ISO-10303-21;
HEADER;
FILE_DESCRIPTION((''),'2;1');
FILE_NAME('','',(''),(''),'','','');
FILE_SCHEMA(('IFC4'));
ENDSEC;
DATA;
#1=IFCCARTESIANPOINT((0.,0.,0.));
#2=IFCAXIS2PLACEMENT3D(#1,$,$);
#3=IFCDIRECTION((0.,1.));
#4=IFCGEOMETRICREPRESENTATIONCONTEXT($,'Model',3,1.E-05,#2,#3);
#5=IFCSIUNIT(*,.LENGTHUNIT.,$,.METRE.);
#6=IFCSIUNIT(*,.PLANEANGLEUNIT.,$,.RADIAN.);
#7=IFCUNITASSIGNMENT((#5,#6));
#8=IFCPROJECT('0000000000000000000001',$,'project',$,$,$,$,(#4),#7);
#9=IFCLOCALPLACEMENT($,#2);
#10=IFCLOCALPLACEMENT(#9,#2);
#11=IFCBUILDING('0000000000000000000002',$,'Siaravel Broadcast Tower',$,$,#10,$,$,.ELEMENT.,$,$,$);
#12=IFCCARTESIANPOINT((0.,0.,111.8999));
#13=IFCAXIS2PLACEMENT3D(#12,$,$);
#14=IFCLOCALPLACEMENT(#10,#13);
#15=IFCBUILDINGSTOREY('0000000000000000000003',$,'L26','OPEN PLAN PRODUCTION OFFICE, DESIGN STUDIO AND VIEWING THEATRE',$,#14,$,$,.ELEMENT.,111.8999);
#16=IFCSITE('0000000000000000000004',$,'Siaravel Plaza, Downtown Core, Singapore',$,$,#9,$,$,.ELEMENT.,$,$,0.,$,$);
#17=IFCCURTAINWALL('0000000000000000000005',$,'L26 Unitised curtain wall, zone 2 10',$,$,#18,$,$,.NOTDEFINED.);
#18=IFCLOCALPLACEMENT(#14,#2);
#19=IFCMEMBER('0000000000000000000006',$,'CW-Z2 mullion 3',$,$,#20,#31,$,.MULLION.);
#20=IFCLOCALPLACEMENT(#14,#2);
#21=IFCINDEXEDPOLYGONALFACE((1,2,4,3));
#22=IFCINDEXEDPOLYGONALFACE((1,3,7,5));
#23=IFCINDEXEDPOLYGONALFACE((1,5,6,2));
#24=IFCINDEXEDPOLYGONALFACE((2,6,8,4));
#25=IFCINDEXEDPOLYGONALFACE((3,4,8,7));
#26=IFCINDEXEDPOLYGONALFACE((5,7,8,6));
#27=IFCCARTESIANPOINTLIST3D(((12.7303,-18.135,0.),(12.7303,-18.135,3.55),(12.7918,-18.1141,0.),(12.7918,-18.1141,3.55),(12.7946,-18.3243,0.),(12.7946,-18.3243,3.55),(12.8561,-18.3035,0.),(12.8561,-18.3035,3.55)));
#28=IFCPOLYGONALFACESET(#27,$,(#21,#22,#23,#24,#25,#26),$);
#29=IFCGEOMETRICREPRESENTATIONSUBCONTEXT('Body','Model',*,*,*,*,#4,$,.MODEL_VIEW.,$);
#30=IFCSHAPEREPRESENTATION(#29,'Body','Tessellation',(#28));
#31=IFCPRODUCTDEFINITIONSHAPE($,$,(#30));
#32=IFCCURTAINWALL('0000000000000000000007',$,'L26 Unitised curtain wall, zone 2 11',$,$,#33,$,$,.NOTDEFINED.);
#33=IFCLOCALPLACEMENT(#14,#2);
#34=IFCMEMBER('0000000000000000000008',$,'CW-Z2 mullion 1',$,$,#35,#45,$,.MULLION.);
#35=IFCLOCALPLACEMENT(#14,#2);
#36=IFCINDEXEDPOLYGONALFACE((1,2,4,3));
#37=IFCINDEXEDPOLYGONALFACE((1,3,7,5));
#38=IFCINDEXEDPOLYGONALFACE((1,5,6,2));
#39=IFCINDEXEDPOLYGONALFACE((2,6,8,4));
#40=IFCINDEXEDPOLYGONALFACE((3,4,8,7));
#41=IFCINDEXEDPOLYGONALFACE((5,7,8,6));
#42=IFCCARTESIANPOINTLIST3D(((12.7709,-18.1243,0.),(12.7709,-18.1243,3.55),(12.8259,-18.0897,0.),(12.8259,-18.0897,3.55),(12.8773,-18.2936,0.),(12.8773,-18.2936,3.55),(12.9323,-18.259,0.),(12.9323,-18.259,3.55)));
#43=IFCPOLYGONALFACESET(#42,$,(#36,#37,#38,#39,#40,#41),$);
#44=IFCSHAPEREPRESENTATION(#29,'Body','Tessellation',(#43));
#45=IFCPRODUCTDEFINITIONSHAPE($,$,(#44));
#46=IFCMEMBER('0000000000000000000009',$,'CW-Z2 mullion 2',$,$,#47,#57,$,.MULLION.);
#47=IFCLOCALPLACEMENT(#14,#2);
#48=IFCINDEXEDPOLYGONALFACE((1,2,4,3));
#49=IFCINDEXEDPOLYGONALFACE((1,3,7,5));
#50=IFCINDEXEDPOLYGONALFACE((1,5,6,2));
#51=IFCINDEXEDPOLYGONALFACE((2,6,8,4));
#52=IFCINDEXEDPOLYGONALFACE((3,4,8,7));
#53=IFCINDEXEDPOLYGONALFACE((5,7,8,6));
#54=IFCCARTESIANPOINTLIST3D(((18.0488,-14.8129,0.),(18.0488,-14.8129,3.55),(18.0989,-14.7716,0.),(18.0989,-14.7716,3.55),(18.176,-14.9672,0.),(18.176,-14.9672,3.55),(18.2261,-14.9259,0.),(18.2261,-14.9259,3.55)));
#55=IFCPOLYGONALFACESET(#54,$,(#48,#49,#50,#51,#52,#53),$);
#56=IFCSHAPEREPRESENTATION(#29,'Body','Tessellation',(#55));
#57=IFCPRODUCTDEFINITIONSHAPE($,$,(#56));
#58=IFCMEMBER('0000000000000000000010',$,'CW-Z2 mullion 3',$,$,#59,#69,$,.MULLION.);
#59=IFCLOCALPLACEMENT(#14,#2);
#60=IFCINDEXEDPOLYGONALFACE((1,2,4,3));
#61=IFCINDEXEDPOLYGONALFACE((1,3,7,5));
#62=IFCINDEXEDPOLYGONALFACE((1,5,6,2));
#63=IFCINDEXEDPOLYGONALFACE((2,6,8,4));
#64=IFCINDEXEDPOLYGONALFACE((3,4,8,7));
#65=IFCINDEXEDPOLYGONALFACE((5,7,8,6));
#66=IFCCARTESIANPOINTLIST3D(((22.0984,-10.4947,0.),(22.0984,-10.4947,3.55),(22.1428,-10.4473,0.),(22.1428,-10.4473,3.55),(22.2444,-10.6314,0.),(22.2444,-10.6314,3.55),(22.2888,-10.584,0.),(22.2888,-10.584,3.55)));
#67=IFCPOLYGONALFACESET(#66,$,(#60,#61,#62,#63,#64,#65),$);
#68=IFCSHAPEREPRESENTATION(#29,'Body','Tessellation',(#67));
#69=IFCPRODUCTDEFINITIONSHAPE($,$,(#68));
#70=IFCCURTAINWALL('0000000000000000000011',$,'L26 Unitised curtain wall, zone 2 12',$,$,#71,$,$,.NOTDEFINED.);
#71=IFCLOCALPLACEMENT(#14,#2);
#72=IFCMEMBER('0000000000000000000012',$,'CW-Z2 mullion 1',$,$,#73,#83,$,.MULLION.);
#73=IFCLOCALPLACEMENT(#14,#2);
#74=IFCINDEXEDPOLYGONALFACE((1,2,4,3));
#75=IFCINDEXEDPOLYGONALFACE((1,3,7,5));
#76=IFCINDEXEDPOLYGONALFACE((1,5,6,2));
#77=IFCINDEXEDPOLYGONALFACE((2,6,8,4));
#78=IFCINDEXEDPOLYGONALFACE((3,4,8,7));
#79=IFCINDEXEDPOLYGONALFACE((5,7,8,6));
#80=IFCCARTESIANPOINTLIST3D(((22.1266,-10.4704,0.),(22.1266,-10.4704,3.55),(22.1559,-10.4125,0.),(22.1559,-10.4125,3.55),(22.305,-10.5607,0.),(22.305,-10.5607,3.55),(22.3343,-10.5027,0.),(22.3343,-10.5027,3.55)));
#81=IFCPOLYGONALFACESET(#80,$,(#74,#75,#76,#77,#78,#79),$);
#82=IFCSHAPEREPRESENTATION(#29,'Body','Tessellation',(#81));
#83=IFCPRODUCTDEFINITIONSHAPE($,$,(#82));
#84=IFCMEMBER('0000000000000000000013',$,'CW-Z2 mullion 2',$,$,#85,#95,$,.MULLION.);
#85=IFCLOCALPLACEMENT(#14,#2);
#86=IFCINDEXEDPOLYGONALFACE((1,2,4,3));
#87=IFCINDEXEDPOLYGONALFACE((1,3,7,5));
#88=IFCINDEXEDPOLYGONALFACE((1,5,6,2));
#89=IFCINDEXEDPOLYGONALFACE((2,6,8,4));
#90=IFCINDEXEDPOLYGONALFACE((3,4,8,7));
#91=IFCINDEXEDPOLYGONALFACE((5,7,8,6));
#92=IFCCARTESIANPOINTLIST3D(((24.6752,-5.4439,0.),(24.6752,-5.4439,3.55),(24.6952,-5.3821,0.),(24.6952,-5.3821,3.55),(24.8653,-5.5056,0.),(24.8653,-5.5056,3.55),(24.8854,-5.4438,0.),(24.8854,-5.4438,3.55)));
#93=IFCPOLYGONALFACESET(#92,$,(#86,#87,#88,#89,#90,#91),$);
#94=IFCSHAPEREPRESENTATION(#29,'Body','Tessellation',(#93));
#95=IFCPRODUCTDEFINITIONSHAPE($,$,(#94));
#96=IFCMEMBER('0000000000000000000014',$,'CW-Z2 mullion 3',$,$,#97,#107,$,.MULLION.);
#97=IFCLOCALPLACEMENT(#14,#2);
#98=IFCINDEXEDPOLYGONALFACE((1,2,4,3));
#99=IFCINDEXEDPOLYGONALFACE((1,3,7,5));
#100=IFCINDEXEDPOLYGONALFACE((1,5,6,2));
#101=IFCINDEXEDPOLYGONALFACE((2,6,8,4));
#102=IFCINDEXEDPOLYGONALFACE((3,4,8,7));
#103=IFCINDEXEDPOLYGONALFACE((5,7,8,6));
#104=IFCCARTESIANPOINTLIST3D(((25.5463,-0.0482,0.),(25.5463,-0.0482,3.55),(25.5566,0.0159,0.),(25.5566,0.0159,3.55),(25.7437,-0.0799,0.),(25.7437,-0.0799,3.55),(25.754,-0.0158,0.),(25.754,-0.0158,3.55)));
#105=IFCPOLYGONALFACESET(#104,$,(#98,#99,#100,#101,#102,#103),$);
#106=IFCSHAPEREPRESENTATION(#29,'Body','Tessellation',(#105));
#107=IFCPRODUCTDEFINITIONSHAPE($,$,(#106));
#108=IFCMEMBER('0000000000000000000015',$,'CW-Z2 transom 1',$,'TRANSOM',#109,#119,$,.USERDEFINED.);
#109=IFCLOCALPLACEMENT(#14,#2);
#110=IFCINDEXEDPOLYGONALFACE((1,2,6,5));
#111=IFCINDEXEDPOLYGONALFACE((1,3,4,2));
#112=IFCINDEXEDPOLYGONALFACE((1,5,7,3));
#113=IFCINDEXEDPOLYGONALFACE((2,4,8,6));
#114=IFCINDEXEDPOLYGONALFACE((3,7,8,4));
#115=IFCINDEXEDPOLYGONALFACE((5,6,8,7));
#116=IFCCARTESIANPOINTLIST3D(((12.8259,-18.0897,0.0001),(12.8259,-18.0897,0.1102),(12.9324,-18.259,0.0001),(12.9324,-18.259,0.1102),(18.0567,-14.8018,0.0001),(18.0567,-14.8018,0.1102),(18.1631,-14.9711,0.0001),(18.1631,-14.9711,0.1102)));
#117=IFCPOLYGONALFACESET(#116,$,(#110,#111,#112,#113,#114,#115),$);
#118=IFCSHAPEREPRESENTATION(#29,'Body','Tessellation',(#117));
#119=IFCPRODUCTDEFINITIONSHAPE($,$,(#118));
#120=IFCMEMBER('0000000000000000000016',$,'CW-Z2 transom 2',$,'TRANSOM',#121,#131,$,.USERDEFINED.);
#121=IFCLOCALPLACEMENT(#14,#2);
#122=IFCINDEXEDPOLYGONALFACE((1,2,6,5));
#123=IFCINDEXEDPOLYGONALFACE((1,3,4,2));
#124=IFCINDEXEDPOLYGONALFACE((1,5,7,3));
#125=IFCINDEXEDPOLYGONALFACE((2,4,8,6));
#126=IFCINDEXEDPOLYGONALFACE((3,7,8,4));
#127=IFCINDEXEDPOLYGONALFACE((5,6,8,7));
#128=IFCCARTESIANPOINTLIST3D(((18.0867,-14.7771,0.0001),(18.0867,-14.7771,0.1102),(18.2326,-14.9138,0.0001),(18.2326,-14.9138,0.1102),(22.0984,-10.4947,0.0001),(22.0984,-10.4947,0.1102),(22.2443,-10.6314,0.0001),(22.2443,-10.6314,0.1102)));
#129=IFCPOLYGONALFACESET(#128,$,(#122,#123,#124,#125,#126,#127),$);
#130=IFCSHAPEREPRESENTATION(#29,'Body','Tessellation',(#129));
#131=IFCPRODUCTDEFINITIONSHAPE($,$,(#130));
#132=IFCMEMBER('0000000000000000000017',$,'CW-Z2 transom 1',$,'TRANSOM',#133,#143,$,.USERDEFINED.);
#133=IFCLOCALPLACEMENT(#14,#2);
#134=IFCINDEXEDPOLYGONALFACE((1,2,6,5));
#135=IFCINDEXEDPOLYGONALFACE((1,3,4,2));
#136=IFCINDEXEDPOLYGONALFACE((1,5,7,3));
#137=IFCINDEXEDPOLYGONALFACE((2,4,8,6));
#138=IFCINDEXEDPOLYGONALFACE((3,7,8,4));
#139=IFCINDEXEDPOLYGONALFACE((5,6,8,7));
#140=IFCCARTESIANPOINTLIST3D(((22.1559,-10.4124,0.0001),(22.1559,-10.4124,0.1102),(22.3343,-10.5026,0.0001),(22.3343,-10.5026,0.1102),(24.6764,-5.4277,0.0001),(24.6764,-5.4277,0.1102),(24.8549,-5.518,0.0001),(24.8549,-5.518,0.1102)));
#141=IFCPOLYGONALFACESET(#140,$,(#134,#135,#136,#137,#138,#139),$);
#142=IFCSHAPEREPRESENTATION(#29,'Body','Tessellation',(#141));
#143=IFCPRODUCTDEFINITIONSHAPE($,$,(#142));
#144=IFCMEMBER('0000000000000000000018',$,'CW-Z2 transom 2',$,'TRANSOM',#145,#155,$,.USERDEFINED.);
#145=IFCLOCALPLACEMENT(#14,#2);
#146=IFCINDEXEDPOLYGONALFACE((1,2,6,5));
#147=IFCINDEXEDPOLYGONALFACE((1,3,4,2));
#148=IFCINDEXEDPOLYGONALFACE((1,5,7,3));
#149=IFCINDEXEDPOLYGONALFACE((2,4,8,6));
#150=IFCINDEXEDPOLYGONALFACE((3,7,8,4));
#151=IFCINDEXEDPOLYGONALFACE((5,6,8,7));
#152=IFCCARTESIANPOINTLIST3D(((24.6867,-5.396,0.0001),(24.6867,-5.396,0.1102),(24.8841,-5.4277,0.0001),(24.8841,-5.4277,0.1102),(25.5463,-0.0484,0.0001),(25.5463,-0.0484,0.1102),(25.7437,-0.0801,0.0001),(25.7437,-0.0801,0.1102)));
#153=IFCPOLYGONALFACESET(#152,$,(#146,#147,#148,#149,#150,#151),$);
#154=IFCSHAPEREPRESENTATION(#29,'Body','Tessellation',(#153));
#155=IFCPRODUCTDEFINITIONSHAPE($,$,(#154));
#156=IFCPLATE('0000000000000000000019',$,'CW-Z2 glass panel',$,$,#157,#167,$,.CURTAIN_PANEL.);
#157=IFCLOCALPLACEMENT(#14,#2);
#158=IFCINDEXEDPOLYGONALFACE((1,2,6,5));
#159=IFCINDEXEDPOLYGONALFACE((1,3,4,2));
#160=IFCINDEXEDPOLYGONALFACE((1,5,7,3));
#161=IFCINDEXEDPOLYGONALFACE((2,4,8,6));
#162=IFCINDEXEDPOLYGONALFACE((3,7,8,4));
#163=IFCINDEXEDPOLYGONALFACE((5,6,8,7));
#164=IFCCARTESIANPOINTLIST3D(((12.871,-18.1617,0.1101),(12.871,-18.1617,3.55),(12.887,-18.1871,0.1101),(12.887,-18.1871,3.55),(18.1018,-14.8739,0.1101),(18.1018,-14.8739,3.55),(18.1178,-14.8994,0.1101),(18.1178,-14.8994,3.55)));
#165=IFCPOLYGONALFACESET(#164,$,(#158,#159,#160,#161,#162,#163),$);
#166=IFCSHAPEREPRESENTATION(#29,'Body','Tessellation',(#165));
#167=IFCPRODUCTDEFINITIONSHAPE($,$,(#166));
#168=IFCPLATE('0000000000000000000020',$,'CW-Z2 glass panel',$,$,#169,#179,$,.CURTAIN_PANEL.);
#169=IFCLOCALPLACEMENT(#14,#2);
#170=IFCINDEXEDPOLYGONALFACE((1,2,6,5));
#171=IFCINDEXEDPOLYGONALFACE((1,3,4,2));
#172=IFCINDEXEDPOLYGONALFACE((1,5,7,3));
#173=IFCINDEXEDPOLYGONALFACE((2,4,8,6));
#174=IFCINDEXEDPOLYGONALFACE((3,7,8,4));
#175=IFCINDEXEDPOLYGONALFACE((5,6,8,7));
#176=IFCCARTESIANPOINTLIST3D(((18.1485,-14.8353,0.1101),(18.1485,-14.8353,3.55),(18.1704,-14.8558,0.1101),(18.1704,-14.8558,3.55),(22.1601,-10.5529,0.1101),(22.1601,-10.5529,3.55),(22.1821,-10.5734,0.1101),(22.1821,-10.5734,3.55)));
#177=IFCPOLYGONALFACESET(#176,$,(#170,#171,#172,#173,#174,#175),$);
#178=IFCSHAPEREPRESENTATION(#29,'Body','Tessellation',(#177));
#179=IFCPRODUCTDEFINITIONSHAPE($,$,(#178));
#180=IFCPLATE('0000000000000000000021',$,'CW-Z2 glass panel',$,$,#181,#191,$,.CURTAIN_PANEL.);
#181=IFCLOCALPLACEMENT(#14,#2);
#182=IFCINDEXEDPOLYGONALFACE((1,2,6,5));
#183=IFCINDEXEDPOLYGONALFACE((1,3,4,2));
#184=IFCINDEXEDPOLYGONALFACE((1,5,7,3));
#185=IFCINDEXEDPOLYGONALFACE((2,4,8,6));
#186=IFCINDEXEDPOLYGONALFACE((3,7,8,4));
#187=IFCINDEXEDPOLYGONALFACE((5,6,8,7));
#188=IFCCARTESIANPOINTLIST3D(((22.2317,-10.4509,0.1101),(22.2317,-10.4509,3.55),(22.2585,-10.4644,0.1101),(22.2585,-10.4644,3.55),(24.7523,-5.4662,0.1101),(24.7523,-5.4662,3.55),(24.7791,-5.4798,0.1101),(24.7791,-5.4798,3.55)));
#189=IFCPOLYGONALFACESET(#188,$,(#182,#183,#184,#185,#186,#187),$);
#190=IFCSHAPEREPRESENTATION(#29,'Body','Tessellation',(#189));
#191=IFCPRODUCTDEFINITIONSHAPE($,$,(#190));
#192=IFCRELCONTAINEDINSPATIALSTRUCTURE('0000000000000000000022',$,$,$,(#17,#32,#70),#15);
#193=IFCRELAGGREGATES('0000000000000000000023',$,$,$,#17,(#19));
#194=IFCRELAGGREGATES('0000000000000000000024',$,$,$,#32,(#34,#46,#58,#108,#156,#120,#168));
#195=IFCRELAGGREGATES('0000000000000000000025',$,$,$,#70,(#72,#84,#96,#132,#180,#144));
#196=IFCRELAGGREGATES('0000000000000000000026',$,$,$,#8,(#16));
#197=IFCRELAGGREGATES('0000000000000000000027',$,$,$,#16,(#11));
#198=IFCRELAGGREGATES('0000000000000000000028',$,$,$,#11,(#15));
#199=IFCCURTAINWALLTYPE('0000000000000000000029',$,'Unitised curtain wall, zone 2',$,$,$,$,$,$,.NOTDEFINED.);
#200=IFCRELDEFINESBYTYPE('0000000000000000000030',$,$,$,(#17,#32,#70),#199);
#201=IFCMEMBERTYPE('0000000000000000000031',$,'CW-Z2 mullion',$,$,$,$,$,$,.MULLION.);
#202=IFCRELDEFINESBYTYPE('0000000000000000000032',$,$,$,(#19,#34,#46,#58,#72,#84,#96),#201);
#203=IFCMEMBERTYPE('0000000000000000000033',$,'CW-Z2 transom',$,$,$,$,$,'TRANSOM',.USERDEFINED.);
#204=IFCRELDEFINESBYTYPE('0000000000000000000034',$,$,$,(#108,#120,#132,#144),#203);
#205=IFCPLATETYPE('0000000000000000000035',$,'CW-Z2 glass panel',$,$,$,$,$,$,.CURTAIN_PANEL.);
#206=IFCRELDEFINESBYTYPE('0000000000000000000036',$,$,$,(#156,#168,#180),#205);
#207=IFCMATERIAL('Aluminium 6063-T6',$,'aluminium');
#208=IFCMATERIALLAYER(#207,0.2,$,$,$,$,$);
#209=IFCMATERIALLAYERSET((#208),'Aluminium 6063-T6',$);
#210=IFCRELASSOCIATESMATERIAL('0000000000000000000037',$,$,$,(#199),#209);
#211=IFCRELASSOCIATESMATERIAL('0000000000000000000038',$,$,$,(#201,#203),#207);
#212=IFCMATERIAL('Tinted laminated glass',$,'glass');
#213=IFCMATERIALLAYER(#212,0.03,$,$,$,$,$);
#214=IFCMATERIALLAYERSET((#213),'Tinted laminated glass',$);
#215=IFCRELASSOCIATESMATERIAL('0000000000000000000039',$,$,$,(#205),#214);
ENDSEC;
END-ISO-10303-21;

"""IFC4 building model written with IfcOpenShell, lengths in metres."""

from ifc_helpers import new_model, si_unit, direction, frame, origin, origin_2d, place, context, subcontext, project, spatial, rectangle, extrude, material, layer, layer_set, material_profile, profile_set, type_object, element, aggregate, save


model = new_model("IFC4")

# Units and contexts
model_context = context("Model", 3, precision=1e-05, world=origin(), true_north=direction((0.0, 1.0)))
body_context = subcontext(model_context, "Body", "Model", "MODEL_VIEW")
ifc_project = project(units=[si_unit("LENGTHUNIT", "METRE"), si_unit("PLANEANGLEUNIT", "RADIAN")], contexts=[model_context])

# Site, building, storey
site_placement = place(None, origin())
site = spatial("IfcSite", under=ifc_project, at=site_placement, Name="Siaravel Plaza, Downtown Core, Singapore", CompositionType="ELEMENT", RefElevation=0.0)
building_placement = place(site_placement, origin())
building = spatial("IfcBuilding", under=site, at=building_placement, Name="Siaravel Broadcast Tower", CompositionType="ELEMENT")
storey_placement = place(building_placement, frame((0.0, 0.0, 111.8999)))
storey = spatial("IfcBuildingStorey", under=building, at=storey_placement, Name="L26", Description="OPEN PLAN PRODUCTION OFFICE, DESIGN STUDIO AND VIEWING THEATRE", CompositionType="ELEMENT", Elevation=111.8999)

# Curtain wall, member
ifc_material_1 = material(Name="Aluminium 6063-T6", Category="aluminium")
ifc_layer_1 = layer(ifc_material_1, 0.2)
ifc_layer_set_1 = layer_set([ifc_layer_1], Name="Aluminium 6063-T6")
curtain_wall_type = type_object("IfcCurtainWallType", Name="Unitised curtain wall, zone 2", PredefinedType="NOTDEFINED", material=ifc_layer_set_1)
curtain_wall_1_placement = place(storey_placement, origin())
curtain_wall_1 = element("IfcCurtainWall", 1, at=curtain_wall_1_placement, inside=storey, type_object=curtain_wall_type, Name="L26 Unitised curtain wall, zone 2 10", PredefinedType="NOTDEFINED")
ifc_material_profile_1 = material_profile(ifc_material_1, rectangle(XDim=0.2, YDim=0.0649, at=origin_2d()))
ifc_profile_set_1 = profile_set([ifc_material_profile_1], Name="Aluminium 6063-T6")
member_type_1 = type_object("IfcMemberType", Name="CW-Z2 mullion", PredefinedType="MULLION", material=ifc_profile_set_1)
member_1_placement = place(storey_placement, frame((12.7932, -18.2192, 0.0), z_axis=(0.0, 0.0, 1.0), x_axis=(-0.321301, 0.946977, 0.0)))
member_1 = element("IfcMember", 2, at=member_1_placement, type_object=member_type_1, Name="CW-Z2 mullion 3", PredefinedType="MULLION", context=body_context, shape_type="SweptSolid", body=[
    extrude(rectangle(XDim=0.2, YDim=0.0649, at=origin_2d()), origin(), (0.0, 0.0, 1.0), 3.55),
])
aggregate(curtain_wall_1, [member_1])

# Curtain walls, members
curtain_wall_2_placement = place(storey_placement, origin())
curtain_wall_2 = element("IfcCurtainWall", 3, at=curtain_wall_2_placement, inside=storey, type_object=curtain_wall_type, Name="L26 Unitised curtain wall, zone 2 11", PredefinedType="NOTDEFINED")
member_2_placement = place(storey_placement, frame((12.8516, -18.1917, 0.0), z_axis=(0.0, 0.0, 1.0), x_axis=(-0.532149, 0.846651, 0.0)))
member_2 = element("IfcMember", 4, at=member_2_placement, type_object=member_type_1, Name="CW-Z2 mullion 1", PredefinedType="MULLION", context=body_context, shape_type="SweptSolid", body=[
    extrude(rectangle(XDim=0.2, YDim=0.0649, at=origin_2d()), origin(), (0.0, 0.0, 1.0), 3.55),
])
member_3_placement = place(storey_placement, frame((18.1375, -14.8694, 0.0), z_axis=(0.0, 0.0, 1.0), x_axis=(-0.636218, 0.771509, 0.0)))
member_3 = element("IfcMember", 5, at=member_3_placement, type_object=member_type_1, Name="CW-Z2 mullion 2", PredefinedType="MULLION", context=body_context, shape_type="SweptSolid", body=[
    extrude(rectangle(XDim=0.2, YDim=0.0649, at=origin_2d()), origin(), (0.0, 0.0, 1.0), 3.55),
])
member_4_placement = place(storey_placement, frame((22.1936, -10.5393, 0.0), z_axis=(0.0, 0.0, 1.0), x_axis=(-0.729805, 0.683655, 0.0)))
member_4 = element("IfcMember", 6, at=member_4_placement, type_object=member_type_1, Name="CW-Z2 mullion 3", PredefinedType="MULLION", context=body_context, shape_type="SweptSolid", body=[
    extrude(rectangle(XDim=0.2, YDim=0.0649, at=origin_2d()), origin(), (0.0, 0.0, 1.0), 3.55),
])
curtain_wall_3_placement = place(storey_placement, origin())
curtain_wall_3 = element("IfcCurtainWall", 7, at=curtain_wall_3_placement, inside=storey, type_object=curtain_wall_type, Name="L26 Unitised curtain wall, zone 2 12", PredefinedType="NOTDEFINED")
member_5_placement = place(storey_placement, frame((22.2305, -10.4866, 0.0), z_axis=(0.0, 0.0, 1.0), x_axis=(-0.892392, 0.451261, 0.0)))
member_5 = element("IfcMember", 8, at=member_5_placement, type_object=member_type_1, Name="CW-Z2 mullion 1", PredefinedType="MULLION", context=body_context, shape_type="SweptSolid", body=[
    extrude(rectangle(XDim=0.2, YDim=0.0649, at=origin_2d()), origin(), (0.0, 0.0, 1.0), 3.55),
])
member_6_placement = place(storey_placement, frame((24.7803, -5.4438, 0.0), z_axis=(0.0, 0.0, 1.0), x_axis=(-0.951177, 0.308646, 0.0)))
member_6 = element("IfcMember", 9, at=member_6_placement, type_object=member_type_1, Name="CW-Z2 mullion 2", PredefinedType="MULLION", context=body_context, shape_type="SweptSolid", body=[
    extrude(rectangle(XDim=0.2, YDim=0.0649, at=origin_2d()), origin(), (0.0, 0.0, 1.0), 3.55),
])
member_7_placement = place(storey_placement, frame((25.6501, -0.032, 0.0), z_axis=(0.0, 0.0, 1.0), x_axis=(-0.987329, 0.158686, 0.0)))
member_7 = element("IfcMember", 10, at=member_7_placement, type_object=member_type_1, Name="CW-Z2 mullion 3", PredefinedType="MULLION", context=body_context, shape_type="SweptSolid", body=[
    extrude(rectangle(XDim=0.2, YDim=0.0649, at=origin_2d()), origin(), (0.0, 0.0, 1.0), 3.55),
])

# Members
ifc_material_profile_2 = material_profile(ifc_material_1, rectangle(XDim=0.2, YDim=0.1101, at=origin_2d()))
ifc_profile_set_2 = profile_set([ifc_material_profile_2], Name="Aluminium 6063-T6")
member_type_2 = type_object("IfcMemberType", Name="CW-Z2 transom", ElementType="TRANSOM", PredefinedType="USERDEFINED", material=ifc_profile_set_2)
member_8_placement = place(storey_placement, frame((12.8792, -18.1743, 0.0552), z_axis=(0.846639, 0.532167, 0.0), x_axis=(-0.532167, 0.846639, 0.0)))
member_8 = element("IfcMember", 11, at=member_8_placement, type_object=member_type_2, Name="CW-Z2 transom 1", ObjectType="TRANSOM", PredefinedType="USERDEFINED", context=body_context, shape_type="SweptSolid", body=[
    extrude(rectangle(XDim=0.2, YDim=0.1101, at=origin_2d()), origin(), (0.0, 0.0, 1.0), 6.1782),
])
member_9_placement = place(storey_placement, frame((18.1597, -14.8455, 0.0552), z_axis=(0.68366, 0.729801, 0.0), x_axis=(-0.729801, 0.68366, 0.0)))
member_9 = element("IfcMember", 12, at=member_9_placement, type_object=member_type_2, Name="CW-Z2 transom 2", ObjectType="TRANSOM", PredefinedType="USERDEFINED", context=body_context, shape_type="SweptSolid", body=[
    extrude(rectangle(XDim=0.2, YDim=0.1101, at=origin_2d()), origin(), (0.0, 0.0, 1.0), 5.8679),
])
member_10_placement = place(storey_placement, frame((22.2451, -10.4575, 0.0552), z_axis=(0.451248, 0.892399, 0.0), x_axis=(-0.892399, 0.451248, 0.0)))
member_10 = element("IfcMember", 13, at=member_10_placement, type_object=member_type_2, Name="CW-Z2 transom 1", ObjectType="TRANSOM", PredefinedType="USERDEFINED", context=body_context, shape_type="SweptSolid", body=[
    extrude(rectangle(XDim=0.2, YDim=0.1101, at=origin_2d()), origin(), (0.0, 0.0, 1.0), 5.5857),
])
member_11_placement = place(storey_placement, frame((24.7854, -5.4119, 0.0552), z_axis=(0.158709, 0.987325, 0.0), x_axis=(-0.987325, 0.158709, 0.0)))
member_11 = element("IfcMember", 14, at=member_11_placement, type_object=member_type_2, Name="CW-Z2 transom 2", ObjectType="TRANSOM", PredefinedType="USERDEFINED", context=body_context, shape_type="SweptSolid", body=[
    extrude(rectangle(XDim=0.2, YDim=0.1101, at=origin_2d()), origin(), (0.0, 0.0, 1.0), 5.4163),
])

# Plates
ifc_material_2 = material(Name="Tinted laminated glass", Category="glass")
ifc_layer_2 = layer(ifc_material_2, 0.03)
ifc_layer_set_2 = layer_set([ifc_layer_2], Name="Tinted laminated glass")
plate_type = type_object("IfcPlateType", Name="CW-Z2 glass panel", PredefinedType="CURTAIN_PANEL", material=ifc_layer_set_2)
plate_1_placement = place(storey_placement, frame((15.4944, -16.5305, 0.1101), z_axis=(0.0, 0.0, 1.0), x_axis=(0.846651, 0.532149, 0.0)))
plate_1 = element("IfcPlate", 15, at=plate_1_placement, type_object=plate_type, Name="CW-Z2 glass panel", PredefinedType="CURTAIN_PANEL", context=body_context, shape_type="SweptSolid", body=[
    extrude(rectangle(XDim=6.1782, YDim=0.03, at=origin_2d()), origin(), (0.0, 0.0, 1.0), 3.4399),
])
plate_2_placement = place(storey_placement, frame((20.1653, -12.7043, 0.1101), z_axis=(0.0, 0.0, 1.0), x_axis=(0.683655, 0.729805, 0.0)))
plate_2 = element("IfcPlate", 16, at=plate_2_placement, type_object=plate_type, Name="CW-Z2 glass panel", PredefinedType="CURTAIN_PANEL", context=body_context, shape_type="SweptSolid", body=[
    extrude(rectangle(XDim=5.8679, YDim=0.03, at=origin_2d()), origin(), (0.0, 0.0, 1.0), 3.4399),
])
aggregate(curtain_wall_2, [member_2, member_3, member_4, member_8, plate_1, member_9, plate_2])
plate_3_placement = place(storey_placement, frame((23.5054, -7.9653, 0.1101), z_axis=(0.0, 0.0, 1.0), x_axis=(0.451261, 0.892392, 0.0)))
plate_3 = element("IfcPlate", 17, at=plate_3_placement, type_object=plate_type, Name="CW-Z2 glass panel", PredefinedType="CURTAIN_PANEL", context=body_context, shape_type="SweptSolid", body=[
    extrude(rectangle(XDim=5.5857, YDim=0.03, at=origin_2d()), origin(), (0.0, 0.0, 1.0), 3.4399),
])
aggregate(curtain_wall_3, [member_5, member_6, member_7, member_10, plate_3, member_11])

save(model, "model.ifc")
